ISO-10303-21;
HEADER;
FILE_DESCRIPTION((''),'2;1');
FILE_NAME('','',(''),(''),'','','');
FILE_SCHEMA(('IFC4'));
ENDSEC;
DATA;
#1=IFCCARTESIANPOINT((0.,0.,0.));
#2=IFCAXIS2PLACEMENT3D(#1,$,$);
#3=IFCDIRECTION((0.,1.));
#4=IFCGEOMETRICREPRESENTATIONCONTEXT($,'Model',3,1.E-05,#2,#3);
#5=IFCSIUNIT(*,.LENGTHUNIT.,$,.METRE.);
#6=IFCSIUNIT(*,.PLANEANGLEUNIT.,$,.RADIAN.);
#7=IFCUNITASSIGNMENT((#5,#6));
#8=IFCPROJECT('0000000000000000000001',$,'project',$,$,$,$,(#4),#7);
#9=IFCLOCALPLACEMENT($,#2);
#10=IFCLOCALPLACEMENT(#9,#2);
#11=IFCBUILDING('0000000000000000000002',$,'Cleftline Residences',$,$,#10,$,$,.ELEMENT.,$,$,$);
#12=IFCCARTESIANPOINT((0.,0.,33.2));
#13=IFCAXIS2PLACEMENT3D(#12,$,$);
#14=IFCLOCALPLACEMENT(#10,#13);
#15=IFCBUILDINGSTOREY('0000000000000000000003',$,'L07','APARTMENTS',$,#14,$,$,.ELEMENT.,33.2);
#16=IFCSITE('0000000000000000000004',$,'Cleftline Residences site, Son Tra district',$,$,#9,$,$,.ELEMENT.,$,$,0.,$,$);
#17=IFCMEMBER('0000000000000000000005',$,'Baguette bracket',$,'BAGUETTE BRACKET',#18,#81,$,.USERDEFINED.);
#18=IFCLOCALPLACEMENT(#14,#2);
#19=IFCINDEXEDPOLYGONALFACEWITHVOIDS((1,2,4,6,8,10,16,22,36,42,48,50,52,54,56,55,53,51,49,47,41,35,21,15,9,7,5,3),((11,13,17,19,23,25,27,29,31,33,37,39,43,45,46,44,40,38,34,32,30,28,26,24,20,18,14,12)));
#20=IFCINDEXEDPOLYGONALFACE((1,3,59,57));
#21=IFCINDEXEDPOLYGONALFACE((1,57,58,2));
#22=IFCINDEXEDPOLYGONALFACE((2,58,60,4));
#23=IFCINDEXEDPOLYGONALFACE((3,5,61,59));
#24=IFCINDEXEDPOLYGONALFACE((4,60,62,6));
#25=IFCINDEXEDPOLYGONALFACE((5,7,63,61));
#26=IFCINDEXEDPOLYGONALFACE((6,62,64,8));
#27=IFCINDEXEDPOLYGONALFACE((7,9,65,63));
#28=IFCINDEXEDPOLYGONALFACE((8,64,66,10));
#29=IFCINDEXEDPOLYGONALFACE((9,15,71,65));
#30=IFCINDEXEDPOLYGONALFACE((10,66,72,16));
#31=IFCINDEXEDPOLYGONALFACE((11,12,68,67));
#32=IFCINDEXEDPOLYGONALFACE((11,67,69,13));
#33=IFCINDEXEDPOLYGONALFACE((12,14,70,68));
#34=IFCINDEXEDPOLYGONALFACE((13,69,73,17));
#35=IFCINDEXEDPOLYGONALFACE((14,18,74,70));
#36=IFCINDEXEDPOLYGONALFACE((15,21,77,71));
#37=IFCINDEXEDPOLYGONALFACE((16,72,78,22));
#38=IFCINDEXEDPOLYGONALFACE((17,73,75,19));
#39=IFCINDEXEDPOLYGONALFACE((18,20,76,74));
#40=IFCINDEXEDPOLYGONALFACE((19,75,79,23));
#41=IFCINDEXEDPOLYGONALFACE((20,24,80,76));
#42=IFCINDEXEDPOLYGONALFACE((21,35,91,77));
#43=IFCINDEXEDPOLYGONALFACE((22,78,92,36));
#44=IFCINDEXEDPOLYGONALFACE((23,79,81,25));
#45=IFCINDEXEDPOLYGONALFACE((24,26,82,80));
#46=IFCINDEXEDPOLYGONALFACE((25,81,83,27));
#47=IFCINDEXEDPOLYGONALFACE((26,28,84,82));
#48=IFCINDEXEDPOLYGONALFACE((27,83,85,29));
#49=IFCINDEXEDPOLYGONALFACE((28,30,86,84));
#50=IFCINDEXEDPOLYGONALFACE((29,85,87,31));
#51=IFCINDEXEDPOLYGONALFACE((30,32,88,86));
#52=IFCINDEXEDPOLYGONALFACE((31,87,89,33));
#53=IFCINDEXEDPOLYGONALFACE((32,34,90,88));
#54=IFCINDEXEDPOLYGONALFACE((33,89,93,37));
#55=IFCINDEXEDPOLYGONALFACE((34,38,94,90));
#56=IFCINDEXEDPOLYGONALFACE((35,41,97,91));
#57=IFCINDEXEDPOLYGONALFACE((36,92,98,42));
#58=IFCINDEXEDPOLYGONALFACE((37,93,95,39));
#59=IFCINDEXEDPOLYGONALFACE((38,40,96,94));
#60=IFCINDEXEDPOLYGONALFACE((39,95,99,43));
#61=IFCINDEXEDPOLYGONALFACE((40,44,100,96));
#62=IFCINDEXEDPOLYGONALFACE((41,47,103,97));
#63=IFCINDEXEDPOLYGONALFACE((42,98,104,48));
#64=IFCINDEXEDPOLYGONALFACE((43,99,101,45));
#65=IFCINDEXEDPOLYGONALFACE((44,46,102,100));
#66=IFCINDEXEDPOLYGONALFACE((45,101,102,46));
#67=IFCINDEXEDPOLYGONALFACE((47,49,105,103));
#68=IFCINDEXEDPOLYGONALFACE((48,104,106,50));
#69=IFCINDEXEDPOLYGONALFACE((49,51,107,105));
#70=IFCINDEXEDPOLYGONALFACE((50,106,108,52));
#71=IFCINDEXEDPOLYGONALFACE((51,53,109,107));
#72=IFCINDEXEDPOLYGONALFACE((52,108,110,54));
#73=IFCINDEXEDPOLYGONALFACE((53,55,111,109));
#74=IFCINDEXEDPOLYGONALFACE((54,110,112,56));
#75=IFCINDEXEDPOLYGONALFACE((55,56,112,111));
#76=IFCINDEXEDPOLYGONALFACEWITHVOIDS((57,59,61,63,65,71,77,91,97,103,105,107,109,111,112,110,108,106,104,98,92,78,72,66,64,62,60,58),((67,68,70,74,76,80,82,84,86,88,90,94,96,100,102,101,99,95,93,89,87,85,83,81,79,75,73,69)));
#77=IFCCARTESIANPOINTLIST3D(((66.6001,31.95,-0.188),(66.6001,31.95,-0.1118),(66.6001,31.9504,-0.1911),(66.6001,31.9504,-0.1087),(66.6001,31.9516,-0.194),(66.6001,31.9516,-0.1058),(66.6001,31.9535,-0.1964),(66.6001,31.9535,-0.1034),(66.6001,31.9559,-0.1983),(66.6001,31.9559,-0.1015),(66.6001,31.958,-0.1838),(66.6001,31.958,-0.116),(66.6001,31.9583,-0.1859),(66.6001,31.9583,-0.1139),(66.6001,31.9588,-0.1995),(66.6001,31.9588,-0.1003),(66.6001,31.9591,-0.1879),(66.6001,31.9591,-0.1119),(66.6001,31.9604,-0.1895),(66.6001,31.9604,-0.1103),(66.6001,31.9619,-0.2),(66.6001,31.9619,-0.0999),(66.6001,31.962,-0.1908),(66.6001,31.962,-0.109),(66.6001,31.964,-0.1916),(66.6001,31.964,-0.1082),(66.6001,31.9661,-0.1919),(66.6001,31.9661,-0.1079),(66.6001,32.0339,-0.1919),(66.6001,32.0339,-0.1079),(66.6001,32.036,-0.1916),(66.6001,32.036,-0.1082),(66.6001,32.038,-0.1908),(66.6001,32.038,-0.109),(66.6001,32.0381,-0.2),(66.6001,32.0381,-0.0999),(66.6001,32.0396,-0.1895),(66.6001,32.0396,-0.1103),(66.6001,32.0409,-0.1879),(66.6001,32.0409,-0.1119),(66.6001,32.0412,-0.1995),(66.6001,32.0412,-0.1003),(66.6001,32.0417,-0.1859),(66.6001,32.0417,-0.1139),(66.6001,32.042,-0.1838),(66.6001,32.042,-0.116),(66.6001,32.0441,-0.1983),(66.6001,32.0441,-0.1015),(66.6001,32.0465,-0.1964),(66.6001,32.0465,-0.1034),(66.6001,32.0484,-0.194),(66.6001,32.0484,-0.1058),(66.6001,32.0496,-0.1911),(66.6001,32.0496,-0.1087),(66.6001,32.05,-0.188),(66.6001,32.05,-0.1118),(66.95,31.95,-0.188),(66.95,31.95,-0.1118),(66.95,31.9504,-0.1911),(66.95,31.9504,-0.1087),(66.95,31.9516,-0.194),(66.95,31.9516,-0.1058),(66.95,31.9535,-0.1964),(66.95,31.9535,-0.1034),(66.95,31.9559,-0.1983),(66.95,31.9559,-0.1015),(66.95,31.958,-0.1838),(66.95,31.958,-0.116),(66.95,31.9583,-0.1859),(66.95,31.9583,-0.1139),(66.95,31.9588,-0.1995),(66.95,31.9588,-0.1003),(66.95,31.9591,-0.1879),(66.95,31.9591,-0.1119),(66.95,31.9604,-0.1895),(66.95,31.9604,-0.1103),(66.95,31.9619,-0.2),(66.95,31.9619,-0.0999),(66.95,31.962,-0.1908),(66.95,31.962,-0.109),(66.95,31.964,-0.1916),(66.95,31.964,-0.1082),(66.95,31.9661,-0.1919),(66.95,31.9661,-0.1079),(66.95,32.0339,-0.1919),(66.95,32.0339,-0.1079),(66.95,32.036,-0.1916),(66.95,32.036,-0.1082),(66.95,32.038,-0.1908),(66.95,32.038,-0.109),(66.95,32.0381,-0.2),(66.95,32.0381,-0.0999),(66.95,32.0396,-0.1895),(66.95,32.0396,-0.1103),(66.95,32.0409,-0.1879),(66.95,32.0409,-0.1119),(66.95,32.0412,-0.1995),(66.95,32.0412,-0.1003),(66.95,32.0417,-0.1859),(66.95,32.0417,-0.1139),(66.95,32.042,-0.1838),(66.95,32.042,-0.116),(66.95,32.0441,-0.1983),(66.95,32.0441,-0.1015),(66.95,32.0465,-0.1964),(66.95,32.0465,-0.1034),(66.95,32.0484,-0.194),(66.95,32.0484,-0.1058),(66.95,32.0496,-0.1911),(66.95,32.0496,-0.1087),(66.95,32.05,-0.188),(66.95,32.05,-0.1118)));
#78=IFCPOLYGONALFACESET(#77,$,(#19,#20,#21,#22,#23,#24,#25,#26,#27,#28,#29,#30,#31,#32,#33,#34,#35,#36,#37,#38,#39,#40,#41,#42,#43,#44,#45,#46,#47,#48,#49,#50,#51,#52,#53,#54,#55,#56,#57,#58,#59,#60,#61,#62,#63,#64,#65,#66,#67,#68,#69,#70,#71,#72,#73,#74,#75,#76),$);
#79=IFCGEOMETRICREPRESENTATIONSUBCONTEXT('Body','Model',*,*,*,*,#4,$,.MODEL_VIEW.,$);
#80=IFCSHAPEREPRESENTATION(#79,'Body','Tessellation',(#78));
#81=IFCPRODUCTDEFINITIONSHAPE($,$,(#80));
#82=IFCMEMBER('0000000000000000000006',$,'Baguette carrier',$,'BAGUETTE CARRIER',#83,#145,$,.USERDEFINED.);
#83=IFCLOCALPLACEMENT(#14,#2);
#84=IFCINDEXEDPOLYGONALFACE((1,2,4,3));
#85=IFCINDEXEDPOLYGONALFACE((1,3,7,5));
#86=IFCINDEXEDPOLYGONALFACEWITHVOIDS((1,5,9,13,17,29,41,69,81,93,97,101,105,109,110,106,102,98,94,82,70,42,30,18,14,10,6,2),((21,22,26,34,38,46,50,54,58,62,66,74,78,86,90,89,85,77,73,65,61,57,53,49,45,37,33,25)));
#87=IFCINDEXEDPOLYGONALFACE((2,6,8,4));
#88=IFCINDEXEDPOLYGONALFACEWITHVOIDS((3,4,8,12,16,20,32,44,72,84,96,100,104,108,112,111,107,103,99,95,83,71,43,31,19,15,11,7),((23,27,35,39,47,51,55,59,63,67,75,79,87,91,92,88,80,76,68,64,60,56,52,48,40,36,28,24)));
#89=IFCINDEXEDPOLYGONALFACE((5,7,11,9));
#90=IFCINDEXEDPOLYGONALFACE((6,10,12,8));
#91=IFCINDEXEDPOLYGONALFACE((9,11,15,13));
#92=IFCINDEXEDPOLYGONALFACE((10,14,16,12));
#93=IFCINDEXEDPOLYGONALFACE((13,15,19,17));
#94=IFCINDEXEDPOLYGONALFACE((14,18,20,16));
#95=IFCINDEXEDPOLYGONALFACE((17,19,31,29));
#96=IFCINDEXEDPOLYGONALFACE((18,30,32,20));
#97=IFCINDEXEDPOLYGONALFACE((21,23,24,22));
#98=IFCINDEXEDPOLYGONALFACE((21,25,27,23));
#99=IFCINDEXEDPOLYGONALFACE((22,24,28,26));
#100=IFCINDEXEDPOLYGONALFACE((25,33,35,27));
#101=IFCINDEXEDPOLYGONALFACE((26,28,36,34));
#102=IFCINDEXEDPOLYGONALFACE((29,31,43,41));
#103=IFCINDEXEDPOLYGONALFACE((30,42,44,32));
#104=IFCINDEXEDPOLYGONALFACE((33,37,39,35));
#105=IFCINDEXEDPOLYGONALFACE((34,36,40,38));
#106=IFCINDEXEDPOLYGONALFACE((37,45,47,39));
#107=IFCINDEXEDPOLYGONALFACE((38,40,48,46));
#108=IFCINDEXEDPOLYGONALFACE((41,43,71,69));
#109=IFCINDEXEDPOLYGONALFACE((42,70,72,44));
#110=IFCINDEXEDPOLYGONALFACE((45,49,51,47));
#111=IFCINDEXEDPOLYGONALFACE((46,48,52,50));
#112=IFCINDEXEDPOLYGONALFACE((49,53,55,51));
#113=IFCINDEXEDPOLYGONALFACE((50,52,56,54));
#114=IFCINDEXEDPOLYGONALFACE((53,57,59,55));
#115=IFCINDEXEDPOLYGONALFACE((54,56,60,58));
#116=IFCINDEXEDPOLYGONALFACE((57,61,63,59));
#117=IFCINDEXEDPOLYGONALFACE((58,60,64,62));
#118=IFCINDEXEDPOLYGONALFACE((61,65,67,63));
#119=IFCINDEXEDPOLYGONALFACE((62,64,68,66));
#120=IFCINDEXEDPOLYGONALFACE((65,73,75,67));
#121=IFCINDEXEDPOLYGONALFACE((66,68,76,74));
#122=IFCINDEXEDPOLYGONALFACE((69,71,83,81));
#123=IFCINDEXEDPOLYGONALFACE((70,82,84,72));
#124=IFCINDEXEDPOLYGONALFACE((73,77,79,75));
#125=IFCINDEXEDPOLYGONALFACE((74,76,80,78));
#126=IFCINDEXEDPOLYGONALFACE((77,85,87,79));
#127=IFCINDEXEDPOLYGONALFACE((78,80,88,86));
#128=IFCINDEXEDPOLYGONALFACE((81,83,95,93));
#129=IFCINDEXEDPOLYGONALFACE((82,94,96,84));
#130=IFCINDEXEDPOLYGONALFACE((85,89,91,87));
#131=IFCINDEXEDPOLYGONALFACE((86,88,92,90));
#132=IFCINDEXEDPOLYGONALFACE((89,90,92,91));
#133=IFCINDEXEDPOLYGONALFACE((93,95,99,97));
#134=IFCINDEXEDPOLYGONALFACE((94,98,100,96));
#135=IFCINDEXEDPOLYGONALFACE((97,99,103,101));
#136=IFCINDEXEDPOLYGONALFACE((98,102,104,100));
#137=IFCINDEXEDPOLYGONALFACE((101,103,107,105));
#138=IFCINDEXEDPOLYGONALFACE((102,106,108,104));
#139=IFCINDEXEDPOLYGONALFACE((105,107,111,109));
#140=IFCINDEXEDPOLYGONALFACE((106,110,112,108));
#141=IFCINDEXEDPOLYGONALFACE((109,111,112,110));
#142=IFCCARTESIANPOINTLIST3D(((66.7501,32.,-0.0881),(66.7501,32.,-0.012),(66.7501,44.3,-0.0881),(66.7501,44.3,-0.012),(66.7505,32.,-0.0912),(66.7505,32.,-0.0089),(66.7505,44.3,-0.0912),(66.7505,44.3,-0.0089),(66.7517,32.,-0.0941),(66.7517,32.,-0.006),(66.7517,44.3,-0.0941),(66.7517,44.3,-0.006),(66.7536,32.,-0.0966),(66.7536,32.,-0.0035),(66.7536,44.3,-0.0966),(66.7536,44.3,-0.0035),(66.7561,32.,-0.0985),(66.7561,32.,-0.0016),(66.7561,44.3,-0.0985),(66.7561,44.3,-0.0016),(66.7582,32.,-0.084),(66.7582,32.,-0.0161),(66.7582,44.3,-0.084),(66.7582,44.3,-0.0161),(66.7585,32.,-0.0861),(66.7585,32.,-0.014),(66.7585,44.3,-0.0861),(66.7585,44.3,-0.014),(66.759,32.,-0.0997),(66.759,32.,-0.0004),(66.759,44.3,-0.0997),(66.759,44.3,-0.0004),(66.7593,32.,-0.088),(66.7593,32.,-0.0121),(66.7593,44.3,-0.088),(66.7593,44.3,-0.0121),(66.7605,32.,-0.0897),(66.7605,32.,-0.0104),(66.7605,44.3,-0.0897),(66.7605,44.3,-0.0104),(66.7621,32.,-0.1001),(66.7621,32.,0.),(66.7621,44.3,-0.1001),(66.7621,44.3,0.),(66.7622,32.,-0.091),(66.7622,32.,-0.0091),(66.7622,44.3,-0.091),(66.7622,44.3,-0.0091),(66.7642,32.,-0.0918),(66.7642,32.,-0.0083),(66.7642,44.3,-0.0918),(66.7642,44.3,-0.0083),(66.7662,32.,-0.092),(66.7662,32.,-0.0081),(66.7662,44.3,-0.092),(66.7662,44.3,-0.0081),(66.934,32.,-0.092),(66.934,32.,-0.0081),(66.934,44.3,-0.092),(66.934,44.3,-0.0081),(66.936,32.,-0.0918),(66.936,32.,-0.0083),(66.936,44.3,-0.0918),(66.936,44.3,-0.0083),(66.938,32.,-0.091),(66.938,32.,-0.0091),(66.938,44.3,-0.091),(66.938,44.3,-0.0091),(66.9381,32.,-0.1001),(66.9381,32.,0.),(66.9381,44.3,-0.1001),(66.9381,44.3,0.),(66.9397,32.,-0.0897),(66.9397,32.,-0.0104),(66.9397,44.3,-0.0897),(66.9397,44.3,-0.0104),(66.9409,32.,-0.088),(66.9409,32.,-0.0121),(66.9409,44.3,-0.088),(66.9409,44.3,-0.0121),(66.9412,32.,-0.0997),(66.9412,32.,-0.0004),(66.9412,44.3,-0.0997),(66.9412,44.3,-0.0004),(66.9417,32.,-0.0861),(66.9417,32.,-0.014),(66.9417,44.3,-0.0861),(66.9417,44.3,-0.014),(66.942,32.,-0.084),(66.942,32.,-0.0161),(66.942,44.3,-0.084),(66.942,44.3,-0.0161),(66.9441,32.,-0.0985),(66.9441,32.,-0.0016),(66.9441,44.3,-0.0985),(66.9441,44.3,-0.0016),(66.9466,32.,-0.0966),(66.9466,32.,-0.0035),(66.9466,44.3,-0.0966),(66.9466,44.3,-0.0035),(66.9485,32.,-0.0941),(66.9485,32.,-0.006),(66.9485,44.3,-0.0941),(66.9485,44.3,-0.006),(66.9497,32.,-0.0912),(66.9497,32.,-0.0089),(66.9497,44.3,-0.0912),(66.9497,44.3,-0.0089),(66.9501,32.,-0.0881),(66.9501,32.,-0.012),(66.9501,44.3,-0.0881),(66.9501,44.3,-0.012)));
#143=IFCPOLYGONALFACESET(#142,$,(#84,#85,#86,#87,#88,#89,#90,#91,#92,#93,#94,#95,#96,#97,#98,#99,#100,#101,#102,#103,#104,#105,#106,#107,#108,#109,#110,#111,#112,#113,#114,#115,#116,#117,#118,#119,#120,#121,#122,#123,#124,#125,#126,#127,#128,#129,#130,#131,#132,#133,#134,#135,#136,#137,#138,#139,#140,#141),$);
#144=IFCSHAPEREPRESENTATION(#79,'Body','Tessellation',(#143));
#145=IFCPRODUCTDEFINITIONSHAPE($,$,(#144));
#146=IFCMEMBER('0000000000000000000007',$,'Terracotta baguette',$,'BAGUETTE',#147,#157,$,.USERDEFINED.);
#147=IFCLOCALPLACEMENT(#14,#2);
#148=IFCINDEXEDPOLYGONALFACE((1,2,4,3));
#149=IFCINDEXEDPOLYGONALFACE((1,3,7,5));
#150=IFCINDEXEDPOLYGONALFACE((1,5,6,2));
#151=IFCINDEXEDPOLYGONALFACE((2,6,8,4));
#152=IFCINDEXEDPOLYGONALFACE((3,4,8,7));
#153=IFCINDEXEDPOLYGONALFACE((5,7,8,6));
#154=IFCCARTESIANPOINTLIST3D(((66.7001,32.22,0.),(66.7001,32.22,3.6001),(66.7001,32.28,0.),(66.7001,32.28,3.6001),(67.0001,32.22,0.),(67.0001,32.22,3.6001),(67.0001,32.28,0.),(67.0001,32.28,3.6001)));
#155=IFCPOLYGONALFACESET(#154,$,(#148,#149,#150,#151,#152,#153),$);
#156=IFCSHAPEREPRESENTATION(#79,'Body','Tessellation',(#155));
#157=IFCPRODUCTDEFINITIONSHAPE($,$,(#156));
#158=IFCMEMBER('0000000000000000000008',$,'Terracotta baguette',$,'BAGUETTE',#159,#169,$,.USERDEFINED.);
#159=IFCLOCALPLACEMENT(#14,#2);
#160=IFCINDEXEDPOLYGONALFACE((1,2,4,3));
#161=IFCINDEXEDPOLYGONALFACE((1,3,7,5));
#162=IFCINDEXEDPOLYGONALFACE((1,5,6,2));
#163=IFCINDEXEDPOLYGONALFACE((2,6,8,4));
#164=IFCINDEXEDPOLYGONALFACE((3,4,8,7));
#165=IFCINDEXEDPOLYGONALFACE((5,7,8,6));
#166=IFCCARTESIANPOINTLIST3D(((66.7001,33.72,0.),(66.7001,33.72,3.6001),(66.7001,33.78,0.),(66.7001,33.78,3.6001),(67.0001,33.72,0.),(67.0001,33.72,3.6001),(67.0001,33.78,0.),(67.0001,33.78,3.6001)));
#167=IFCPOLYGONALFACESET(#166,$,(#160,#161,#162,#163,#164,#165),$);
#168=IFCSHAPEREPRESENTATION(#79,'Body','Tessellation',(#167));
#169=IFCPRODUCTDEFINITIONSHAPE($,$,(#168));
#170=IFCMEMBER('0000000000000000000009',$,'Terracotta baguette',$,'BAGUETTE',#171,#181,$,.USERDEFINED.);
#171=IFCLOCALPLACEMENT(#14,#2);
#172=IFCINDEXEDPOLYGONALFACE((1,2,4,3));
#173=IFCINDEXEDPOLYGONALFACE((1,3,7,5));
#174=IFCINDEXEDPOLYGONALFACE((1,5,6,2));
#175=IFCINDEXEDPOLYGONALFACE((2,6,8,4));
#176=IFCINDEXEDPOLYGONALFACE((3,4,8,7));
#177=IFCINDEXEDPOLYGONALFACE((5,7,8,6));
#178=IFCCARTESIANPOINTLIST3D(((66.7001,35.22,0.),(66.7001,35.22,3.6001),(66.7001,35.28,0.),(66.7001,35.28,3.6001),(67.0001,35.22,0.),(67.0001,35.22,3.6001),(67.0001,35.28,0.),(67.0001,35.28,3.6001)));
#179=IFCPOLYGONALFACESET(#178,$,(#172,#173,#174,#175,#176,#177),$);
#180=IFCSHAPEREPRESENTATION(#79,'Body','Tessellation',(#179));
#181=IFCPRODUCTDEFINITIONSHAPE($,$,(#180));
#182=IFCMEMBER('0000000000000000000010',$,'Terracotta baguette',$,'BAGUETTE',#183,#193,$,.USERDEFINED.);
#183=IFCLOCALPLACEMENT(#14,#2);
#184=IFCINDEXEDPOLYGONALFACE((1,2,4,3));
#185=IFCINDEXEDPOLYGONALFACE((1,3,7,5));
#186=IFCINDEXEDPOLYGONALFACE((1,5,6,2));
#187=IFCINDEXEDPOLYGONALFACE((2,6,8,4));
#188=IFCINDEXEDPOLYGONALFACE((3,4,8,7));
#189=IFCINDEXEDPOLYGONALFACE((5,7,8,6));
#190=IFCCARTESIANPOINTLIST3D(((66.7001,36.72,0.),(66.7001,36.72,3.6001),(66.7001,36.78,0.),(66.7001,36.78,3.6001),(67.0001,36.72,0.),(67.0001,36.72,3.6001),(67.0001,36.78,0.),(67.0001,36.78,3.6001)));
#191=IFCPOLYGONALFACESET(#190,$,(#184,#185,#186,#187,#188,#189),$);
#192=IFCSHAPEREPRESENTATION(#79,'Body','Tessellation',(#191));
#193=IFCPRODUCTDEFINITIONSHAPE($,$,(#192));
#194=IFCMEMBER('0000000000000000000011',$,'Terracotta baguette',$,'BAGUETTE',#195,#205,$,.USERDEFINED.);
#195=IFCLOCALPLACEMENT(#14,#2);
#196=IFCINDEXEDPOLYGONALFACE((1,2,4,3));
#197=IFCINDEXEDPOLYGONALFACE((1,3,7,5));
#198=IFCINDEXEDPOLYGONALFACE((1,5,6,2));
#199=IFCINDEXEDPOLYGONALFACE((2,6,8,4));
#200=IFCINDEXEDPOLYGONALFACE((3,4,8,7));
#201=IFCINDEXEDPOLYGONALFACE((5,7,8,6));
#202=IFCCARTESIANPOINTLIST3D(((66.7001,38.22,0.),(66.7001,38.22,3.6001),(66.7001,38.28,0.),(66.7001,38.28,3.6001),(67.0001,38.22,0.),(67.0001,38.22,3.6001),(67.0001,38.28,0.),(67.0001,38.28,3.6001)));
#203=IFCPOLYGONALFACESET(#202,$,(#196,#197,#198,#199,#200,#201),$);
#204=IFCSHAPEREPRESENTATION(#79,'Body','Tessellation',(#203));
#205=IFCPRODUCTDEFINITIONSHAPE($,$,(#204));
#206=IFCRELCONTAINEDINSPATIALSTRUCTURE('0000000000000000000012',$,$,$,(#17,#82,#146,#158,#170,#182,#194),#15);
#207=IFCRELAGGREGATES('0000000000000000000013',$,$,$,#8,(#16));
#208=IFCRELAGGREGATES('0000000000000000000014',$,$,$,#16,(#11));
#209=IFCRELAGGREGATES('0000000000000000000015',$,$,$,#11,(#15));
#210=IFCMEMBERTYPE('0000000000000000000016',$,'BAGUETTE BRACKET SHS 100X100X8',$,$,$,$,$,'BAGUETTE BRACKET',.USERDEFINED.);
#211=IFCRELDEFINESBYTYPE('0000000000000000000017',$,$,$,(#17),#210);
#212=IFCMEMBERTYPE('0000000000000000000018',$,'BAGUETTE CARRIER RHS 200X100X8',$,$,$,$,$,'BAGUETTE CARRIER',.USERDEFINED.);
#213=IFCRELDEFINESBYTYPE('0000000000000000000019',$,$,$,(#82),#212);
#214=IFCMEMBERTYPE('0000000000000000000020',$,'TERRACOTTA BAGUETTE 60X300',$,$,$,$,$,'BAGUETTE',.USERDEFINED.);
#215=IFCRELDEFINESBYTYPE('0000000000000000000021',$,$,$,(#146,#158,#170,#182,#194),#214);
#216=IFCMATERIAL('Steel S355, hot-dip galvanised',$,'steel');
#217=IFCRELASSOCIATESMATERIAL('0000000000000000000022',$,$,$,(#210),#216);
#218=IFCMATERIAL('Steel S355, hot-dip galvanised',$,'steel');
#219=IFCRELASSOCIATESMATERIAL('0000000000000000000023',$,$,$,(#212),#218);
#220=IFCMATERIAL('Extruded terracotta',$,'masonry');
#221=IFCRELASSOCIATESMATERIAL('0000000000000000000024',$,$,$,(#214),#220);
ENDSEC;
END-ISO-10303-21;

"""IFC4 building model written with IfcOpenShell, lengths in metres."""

from ifc_helpers import new_model, si_unit, direction, frame, origin, origin_2d, place, context, subcontext, project, spatial, rectangle, hollow_rectangle, extrude, material, material_profile, profile_set, type_object, element, save


model = new_model("IFC4")

# Units and contexts
model_context = context("Model", 3, precision=1e-05, world=origin(), true_north=direction((0.0, 1.0)))
body_context = subcontext(model_context, "Body", "Model", "MODEL_VIEW")
ifc_project = project(units=[si_unit("LENGTHUNIT", "METRE"), si_unit("PLANEANGLEUNIT", "RADIAN")], contexts=[model_context])

# Site, building, storey
site_placement = place(None, origin())
site = spatial("IfcSite", under=ifc_project, at=site_placement, Name="Cleftline Residences site, Son Tra district", CompositionType="ELEMENT", RefElevation=0.0)
building_placement = place(site_placement, origin())
building = spatial("IfcBuilding", under=site, at=building_placement, Name="Cleftline Residences", CompositionType="ELEMENT")
storey_placement = place(building_placement, frame((0.0, 0.0, 33.2)))
storey = spatial("IfcBuildingStorey", under=building, at=storey_placement, Name="L07", Description="APARTMENTS", CompositionType="ELEMENT", Elevation=33.2)

# Members
ifc_material_1 = material(Name="Steel S355, hot-dip galvanised", Category="steel")
ifc_material_profile_1 = material_profile(ifc_material_1, hollow_rectangle(XDim=0.1001, YDim=0.1001, WallThickness=0.0081, InnerFilletRadius=0.0081, OuterFilletRadius=0.012, at=origin_2d()))
ifc_profile_set_1 = profile_set([ifc_material_profile_1], Name="Steel S355, hot-dip galvanised")
member_type_1 = type_object("IfcMemberType", Name="BAGUETTE BRACKET SHS 100X100X8", ElementType="BAGUETTE BRACKET", PredefinedType="USERDEFINED", material=ifc_profile_set_1)
member_1_placement = place(storey_placement, frame((66.6001, 32.0, -0.1499), z_axis=(1.0, 0.0, 0.0), x_axis=(0.0, 1.0, 0.0)))
element("IfcMember", 1, at=member_1_placement, inside=storey, type_object=member_type_1, Name="Baguette bracket", ObjectType="BAGUETTE BRACKET", PredefinedType="USERDEFINED", context=body_context, shape_type="SweptSolid", body=[
    extrude(hollow_rectangle(XDim=0.1001, YDim=0.1001, WallThickness=0.0081, InnerFilletRadius=0.0081, OuterFilletRadius=0.012, at=origin_2d()), origin(), (0.0, 0.0, 1.0), 0.3499),
])
ifc_material_2 = material(Name="Steel S355, hot-dip galvanised", Category="steel")
ifc_material_profile_2 = material_profile(ifc_material_2, hollow_rectangle(XDim=0.1001, YDim=0.2, WallThickness=0.0081, InnerFilletRadius=0.0081, OuterFilletRadius=0.012, at=origin_2d()))
ifc_profile_set_2 = profile_set([ifc_material_profile_2], Name="Steel S355, hot-dip galvanised")
member_type_2 = type_object("IfcMemberType", Name="BAGUETTE CARRIER RHS 200X100X8", ElementType="BAGUETTE CARRIER", PredefinedType="USERDEFINED", material=ifc_profile_set_2)
member_2_placement = place(storey_placement, frame((66.8501, 32.0, -0.05), z_axis=(0.0, 1.0, 0.0), x_axis=(0.0, 0.0, 1.0)))
element("IfcMember", 2, at=member_2_placement, inside=storey, type_object=member_type_2, Name="Baguette carrier", ObjectType="BAGUETTE CARRIER", PredefinedType="USERDEFINED", context=body_context, shape_type="SweptSolid", body=[
    extrude(hollow_rectangle(XDim=0.1001, YDim=0.2, WallThickness=0.0081, InnerFilletRadius=0.0081, OuterFilletRadius=0.012, at=origin_2d()), origin(), (0.0, 0.0, 1.0), 12.3),
])
ifc_material_3 = material(Name="Extruded terracotta", Category="masonry")
ifc_material_profile_3 = material_profile(ifc_material_3, rectangle(XDim=0.0601, YDim=0.3, at=origin_2d()))
ifc_profile_set_3 = profile_set([ifc_material_profile_3], Name="Extruded terracotta")
member_type_3 = type_object("IfcMemberType", Name="TERRACOTTA BAGUETTE 60X300", ElementType="BAGUETTE", PredefinedType="USERDEFINED", material=ifc_profile_set_3)
for number, where, z_axis, x_axis, name in (
    (3, (66.8501, 32.25, 0.0), (0.0, 0.0, 1.0), (0.0, 1.0, 0.0), "Terracotta baguette"),
    (4, (66.8501, 33.75, 0.0), (0.0, 0.0, 1.0), (0.0, 1.0, 0.0), "Terracotta baguette"),
    (5, (66.8501, 35.25, 0.0), (0.0, 0.0, 1.0), (0.0, 1.0, 0.0), "Terracotta baguette"),
    (6, (66.8501, 36.75, 0.0), (0.0, 0.0, 1.0), (0.0, 1.0, 0.0), "Terracotta baguette"),
    (7, (66.8501, 38.25, 0.0), (0.0, 0.0, 1.0), (0.0, 1.0, 0.0), "Terracotta baguette"),
):
    element("IfcMember", number, at=place(storey_placement, frame(where, z_axis=z_axis, x_axis=x_axis)), inside=storey, type_object=member_type_3, Name=name, ObjectType="BAGUETTE", PredefinedType="USERDEFINED", context=body_context, shape_type="SweptSolid", body=[
        extrude(rectangle(XDim=0.0601, YDim=0.3, at=origin_2d()), origin(), (0.0, 0.0, 1.0), 3.6001),
    ])

save(model, "model.ifc")
